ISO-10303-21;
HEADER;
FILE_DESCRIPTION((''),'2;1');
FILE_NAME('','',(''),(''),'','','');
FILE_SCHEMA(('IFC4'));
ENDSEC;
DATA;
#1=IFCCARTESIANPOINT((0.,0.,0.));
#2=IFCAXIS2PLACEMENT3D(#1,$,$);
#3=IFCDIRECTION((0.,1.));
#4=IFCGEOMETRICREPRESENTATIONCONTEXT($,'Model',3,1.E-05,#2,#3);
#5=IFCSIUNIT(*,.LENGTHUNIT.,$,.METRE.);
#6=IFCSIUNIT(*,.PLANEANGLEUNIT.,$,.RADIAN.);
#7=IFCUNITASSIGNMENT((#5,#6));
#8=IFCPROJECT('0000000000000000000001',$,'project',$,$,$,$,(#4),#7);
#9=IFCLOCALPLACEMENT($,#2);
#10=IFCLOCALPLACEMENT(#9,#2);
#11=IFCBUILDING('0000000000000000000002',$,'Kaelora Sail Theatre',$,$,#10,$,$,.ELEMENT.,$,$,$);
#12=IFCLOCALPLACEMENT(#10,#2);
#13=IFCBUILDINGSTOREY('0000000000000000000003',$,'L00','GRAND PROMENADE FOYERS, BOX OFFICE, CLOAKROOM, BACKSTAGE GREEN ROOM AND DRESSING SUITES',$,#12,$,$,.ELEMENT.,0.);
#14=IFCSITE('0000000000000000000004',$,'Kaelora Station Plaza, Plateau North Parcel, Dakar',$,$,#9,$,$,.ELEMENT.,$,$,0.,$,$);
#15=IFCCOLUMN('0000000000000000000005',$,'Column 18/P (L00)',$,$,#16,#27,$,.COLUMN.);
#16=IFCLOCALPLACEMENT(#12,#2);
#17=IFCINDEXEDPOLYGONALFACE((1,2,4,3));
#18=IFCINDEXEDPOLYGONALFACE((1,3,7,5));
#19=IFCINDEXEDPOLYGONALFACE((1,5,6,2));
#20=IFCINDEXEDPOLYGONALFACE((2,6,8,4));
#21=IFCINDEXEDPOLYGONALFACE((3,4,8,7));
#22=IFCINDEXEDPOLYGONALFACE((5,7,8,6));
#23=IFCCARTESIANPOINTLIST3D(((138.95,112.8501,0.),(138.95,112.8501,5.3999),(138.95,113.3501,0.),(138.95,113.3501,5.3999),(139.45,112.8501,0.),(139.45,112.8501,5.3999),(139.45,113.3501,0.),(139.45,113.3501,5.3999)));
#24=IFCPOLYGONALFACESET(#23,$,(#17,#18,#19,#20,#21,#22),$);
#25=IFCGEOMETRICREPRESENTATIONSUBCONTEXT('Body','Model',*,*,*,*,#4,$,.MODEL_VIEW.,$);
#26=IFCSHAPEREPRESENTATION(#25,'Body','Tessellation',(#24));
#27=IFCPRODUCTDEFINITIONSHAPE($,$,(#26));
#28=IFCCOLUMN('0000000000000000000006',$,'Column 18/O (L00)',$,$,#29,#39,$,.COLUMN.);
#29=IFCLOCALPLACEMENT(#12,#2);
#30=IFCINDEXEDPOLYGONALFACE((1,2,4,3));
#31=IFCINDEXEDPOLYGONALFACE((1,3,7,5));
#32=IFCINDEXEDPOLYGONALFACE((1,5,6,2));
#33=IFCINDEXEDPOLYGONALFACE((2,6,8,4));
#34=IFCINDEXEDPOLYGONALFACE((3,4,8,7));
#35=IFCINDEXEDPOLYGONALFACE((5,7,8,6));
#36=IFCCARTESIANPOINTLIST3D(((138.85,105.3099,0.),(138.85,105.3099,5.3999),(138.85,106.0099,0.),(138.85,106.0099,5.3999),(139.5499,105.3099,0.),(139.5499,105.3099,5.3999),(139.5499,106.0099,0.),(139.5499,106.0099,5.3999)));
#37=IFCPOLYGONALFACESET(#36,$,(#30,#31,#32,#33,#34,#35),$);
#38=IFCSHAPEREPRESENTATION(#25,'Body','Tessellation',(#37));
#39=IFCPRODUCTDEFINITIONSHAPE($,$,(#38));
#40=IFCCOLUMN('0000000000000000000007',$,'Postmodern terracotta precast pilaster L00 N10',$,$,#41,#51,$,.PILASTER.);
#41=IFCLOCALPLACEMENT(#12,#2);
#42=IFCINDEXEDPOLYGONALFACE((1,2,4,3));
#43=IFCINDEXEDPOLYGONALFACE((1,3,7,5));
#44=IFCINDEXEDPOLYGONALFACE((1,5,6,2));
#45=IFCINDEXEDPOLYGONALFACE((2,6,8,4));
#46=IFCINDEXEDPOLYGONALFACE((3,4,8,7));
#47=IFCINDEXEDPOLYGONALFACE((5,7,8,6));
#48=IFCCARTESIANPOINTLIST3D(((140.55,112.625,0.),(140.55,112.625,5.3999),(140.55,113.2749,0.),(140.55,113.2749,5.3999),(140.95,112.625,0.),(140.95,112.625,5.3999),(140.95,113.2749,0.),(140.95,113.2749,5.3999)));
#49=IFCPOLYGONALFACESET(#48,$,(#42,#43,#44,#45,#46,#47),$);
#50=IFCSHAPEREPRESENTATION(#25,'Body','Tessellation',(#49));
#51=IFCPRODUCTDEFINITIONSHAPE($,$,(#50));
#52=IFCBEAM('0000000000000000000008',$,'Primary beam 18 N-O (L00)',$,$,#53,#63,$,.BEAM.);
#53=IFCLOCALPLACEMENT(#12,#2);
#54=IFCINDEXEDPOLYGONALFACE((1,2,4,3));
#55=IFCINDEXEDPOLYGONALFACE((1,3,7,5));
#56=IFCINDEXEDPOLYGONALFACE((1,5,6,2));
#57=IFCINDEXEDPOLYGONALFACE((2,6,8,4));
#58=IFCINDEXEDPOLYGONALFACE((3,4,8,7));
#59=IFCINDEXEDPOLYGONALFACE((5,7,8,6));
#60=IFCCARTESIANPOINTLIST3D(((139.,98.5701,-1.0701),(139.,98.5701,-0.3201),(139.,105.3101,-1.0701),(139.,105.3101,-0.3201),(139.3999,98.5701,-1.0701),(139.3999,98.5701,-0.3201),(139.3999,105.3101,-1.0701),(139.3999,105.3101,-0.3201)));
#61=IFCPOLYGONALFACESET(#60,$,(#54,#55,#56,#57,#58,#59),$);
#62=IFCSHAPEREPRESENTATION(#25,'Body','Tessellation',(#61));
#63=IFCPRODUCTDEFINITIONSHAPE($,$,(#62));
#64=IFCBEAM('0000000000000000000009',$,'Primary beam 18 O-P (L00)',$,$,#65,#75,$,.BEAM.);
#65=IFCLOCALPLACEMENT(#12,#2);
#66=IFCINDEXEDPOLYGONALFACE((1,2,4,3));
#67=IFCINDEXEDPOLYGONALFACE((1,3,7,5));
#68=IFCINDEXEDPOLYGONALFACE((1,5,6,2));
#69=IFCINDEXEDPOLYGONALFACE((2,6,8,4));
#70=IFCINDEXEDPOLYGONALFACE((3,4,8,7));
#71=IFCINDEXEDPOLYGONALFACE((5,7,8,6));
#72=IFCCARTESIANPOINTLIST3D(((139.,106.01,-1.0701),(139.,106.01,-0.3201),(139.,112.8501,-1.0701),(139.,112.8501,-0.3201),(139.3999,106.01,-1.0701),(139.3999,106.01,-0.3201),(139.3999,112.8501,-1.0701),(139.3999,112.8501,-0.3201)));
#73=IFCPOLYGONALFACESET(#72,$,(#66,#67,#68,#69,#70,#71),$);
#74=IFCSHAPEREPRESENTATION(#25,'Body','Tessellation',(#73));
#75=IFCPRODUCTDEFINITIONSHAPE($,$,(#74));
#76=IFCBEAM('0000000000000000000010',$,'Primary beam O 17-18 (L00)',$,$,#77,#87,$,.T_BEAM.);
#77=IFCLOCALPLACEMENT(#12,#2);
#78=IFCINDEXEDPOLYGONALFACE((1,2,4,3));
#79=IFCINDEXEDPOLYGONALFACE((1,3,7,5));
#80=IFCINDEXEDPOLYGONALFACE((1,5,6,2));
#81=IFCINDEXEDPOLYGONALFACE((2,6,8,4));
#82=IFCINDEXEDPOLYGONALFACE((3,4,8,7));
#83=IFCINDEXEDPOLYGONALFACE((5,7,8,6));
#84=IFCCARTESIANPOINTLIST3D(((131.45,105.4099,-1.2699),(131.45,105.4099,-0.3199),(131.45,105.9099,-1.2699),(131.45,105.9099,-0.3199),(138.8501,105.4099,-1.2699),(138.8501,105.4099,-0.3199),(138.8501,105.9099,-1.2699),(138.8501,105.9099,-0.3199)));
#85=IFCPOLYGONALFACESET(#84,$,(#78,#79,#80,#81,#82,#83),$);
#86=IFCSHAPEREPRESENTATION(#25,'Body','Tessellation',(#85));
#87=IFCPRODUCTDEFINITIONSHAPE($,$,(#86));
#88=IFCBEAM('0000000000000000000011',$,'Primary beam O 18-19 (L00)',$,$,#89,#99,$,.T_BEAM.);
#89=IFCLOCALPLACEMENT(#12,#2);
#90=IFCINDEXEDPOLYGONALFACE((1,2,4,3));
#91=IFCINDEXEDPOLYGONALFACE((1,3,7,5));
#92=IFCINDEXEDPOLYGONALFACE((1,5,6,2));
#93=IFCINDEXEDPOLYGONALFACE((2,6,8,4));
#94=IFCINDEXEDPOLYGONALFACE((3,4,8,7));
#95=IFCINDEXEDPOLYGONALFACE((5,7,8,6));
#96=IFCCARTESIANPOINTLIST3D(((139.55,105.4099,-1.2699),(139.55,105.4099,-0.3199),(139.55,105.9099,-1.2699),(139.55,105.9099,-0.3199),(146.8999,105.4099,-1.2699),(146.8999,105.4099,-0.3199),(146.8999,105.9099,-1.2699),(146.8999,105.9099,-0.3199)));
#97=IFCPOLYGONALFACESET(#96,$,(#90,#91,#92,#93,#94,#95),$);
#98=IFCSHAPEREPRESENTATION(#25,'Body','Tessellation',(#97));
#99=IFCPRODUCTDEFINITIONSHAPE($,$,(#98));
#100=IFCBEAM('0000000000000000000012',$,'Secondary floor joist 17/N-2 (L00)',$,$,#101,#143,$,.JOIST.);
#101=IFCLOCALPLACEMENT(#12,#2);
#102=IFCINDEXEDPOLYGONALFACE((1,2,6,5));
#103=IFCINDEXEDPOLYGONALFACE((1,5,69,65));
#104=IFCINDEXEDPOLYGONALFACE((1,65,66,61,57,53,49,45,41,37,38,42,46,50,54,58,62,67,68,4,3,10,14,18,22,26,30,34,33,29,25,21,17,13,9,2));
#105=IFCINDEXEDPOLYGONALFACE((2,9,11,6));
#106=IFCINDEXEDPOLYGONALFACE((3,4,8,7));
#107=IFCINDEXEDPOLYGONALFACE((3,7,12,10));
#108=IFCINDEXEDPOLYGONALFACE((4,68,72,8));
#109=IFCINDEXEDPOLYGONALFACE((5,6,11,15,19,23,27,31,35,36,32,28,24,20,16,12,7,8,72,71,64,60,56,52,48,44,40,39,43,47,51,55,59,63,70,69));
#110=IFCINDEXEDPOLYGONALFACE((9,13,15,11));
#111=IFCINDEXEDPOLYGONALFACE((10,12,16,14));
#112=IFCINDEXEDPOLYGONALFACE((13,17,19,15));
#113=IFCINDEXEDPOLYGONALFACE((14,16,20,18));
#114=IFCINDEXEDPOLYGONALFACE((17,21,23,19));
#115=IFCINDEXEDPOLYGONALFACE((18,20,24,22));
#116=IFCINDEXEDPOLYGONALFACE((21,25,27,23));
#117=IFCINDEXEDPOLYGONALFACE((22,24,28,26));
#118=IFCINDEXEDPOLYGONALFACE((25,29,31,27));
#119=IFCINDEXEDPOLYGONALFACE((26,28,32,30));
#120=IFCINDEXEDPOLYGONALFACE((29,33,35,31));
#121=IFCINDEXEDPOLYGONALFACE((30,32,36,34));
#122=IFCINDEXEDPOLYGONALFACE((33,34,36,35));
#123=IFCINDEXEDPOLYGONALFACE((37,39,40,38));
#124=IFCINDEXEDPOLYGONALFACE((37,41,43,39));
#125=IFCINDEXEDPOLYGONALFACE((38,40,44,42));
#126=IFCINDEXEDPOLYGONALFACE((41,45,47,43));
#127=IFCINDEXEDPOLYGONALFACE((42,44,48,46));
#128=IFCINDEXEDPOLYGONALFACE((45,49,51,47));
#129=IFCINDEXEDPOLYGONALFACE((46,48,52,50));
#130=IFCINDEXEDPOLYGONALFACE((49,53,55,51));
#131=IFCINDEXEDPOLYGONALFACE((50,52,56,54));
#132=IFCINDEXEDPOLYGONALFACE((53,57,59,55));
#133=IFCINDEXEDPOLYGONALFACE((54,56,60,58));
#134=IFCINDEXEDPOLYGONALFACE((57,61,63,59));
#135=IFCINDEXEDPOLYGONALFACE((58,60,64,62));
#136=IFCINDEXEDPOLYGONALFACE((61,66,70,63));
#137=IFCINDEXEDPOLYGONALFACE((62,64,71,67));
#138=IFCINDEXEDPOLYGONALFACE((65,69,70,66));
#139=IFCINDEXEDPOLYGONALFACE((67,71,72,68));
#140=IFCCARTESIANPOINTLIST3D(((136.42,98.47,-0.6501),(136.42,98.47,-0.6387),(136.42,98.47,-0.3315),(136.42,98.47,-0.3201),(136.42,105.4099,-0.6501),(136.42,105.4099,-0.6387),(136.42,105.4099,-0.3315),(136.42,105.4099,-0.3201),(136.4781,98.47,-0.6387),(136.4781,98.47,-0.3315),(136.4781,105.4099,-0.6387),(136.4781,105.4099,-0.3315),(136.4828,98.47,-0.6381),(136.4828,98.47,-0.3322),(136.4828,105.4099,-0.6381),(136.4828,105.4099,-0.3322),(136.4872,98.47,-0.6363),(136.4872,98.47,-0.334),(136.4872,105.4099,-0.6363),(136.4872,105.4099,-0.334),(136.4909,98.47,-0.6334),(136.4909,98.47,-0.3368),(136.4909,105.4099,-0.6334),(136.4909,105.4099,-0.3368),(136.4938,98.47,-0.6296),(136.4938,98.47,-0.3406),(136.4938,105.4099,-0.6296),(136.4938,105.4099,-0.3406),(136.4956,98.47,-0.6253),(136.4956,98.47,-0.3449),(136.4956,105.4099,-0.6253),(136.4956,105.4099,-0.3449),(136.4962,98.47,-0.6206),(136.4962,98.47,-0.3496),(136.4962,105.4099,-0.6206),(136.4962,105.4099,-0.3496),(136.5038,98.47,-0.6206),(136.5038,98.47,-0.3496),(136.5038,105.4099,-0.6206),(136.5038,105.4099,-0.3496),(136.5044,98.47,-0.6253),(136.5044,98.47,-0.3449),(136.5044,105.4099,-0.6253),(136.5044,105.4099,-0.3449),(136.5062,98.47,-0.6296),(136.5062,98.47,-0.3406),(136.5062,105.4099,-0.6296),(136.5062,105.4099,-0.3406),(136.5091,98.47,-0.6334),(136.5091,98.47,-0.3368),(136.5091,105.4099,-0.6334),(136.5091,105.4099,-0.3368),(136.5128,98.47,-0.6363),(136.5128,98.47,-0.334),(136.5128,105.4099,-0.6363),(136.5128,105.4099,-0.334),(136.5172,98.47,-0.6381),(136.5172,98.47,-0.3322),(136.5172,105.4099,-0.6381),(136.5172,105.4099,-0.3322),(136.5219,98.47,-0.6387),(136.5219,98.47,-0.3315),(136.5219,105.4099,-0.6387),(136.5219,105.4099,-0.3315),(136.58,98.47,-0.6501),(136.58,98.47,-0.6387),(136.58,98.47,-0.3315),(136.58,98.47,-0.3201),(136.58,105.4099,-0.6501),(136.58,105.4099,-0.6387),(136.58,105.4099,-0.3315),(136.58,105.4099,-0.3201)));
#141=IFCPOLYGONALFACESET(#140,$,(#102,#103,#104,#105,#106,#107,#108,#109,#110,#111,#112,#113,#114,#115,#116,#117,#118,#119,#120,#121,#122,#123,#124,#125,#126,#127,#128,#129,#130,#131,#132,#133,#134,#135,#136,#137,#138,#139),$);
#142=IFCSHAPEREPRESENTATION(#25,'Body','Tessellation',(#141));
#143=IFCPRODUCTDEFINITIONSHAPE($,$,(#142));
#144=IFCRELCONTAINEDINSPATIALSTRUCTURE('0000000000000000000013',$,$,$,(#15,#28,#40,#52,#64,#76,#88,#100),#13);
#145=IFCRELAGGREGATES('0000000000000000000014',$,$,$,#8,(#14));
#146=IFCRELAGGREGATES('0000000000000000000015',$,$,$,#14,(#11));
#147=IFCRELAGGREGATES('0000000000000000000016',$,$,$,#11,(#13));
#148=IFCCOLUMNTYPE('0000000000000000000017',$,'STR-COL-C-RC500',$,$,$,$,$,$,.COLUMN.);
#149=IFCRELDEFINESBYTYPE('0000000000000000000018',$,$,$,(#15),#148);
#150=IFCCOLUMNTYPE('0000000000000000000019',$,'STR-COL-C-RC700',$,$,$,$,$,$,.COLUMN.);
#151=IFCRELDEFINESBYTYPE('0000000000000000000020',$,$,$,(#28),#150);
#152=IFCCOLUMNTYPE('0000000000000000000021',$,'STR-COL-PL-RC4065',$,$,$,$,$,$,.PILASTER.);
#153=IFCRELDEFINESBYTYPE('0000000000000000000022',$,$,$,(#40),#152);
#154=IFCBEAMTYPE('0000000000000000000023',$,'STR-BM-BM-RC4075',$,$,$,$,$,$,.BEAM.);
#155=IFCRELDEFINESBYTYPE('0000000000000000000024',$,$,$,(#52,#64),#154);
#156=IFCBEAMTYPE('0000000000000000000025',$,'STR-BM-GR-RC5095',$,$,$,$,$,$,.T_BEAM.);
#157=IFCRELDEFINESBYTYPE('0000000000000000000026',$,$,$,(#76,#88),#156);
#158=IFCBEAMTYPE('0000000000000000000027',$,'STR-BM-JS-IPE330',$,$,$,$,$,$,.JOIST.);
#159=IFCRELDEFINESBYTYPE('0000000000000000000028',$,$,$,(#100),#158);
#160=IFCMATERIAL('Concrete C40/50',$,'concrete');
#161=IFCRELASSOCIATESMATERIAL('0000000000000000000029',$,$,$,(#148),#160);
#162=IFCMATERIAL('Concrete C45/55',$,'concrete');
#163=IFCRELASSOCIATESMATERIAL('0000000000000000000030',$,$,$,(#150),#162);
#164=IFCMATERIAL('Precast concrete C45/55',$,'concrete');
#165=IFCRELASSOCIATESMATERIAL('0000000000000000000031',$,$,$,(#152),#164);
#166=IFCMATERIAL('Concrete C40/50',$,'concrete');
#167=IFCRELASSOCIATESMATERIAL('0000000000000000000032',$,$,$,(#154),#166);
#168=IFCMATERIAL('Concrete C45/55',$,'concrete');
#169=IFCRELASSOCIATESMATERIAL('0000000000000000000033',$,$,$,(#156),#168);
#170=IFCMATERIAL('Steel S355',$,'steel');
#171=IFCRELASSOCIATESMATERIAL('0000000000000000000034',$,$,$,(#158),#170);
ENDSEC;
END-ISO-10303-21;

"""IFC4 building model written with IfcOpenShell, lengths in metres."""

from ifc_helpers import new_model, si_unit, direction, frame, origin, origin_2d, place, context, subcontext, project, spatial, rectangle, i_section, extrude, material, material_profile, profile_set, type_object, element, save


model = new_model("IFC4")

# Units and contexts
model_context = context("Model", 3, precision=1e-05, world=origin(), true_north=direction((0.0, 1.0)))
body_context = subcontext(model_context, "Body", "Model", "MODEL_VIEW")
ifc_project = project(units=[si_unit("LENGTHUNIT", "METRE"), si_unit("PLANEANGLEUNIT", "RADIAN")], contexts=[model_context])

# Site, building, storey
site_placement = place(None, origin())
site = spatial("IfcSite", under=ifc_project, at=site_placement, Name="Kaelora Station Plaza, Plateau North Parcel, Dakar", CompositionType="ELEMENT", RefElevation=0.0)
building_placement = place(site_placement, origin())
building = spatial("IfcBuilding", under=site, at=building_placement, Name="Kaelora Sail Theatre", CompositionType="ELEMENT")
storey_placement = place(building_placement, origin())
storey = spatial("IfcBuildingStorey", under=building, at=storey_placement, Name="L00", Description="GRAND PROMENADE FOYERS, BOX OFFICE, CLOAKROOM, BACKSTAGE GREEN ROOM AND DRESSING SUITES", CompositionType="ELEMENT", Elevation=0.0)

# Columns
ifc_material_1 = material(Name="Concrete C40/50", Category="concrete")
ifc_material_profile_1 = material_profile(ifc_material_1, rectangle(XDim=0.5, YDim=0.5, at=origin_2d()), Name="RC-COL 500x500")
ifc_profile_set_1 = profile_set([ifc_material_profile_1], Name="Concrete C40/50")
column_type_1 = type_object("IfcColumnType", Name="STR-COL-C-RC500", PredefinedType="COLUMN", material=ifc_profile_set_1)
column_1_placement = place(storey_placement, frame((139.2, 113.1001, 0.0), z_axis=(0.0, 0.0, 1.0), x_axis=(1.0, 0.0, 0.0)))
element("IfcColumn", 1, at=column_1_placement, inside=storey, type_object=column_type_1, Name="Column 18/P (L00)", PredefinedType="COLUMN", context=body_context, shape_type="SweptSolid", body=[
    extrude(rectangle(XDim=0.5, YDim=0.5, at=origin_2d()), origin(), (0.0, 0.0, 1.0), 5.3999),
])
ifc_material_2 = material(Name="Concrete C45/55", Category="concrete")
ifc_material_profile_2 = material_profile(ifc_material_2, rectangle(XDim=0.7, YDim=0.7, at=origin_2d()), Name="RC-COL 700x700")
ifc_profile_set_2 = profile_set([ifc_material_profile_2], Name="Concrete C45/55")
column_type_2 = type_object("IfcColumnType", Name="STR-COL-C-RC700", PredefinedType="COLUMN", material=ifc_profile_set_2)
column_2_placement = place(storey_placement, frame((139.2, 105.6599, 0.0), z_axis=(0.0, 0.0, 1.0), x_axis=(1.0, 0.0, 0.0)))
element("IfcColumn", 2, at=column_2_placement, inside=storey, type_object=column_type_2, Name="Column 18/O (L00)", PredefinedType="COLUMN", context=body_context, shape_type="SweptSolid", body=[
    extrude(rectangle(XDim=0.7, YDim=0.7, at=origin_2d()), origin(), (0.0, 0.0, 1.0), 5.3999),
])
ifc_material_3 = material(Name="Precast concrete C45/55", Category="concrete")
ifc_material_profile_3 = material_profile(ifc_material_3, rectangle(XDim=0.3999, YDim=0.6499, at=origin_2d()), Name="RC-PIL 400x650")
ifc_profile_set_3 = profile_set([ifc_material_profile_3], Name="Precast concrete C45/55")
column_type_3 = type_object("IfcColumnType", Name="STR-COL-PL-RC4065", PredefinedType="PILASTER", material=ifc_profile_set_3)
column_3_placement = place(storey_placement, frame((140.75, 112.95, 0.0), z_axis=(0.0, 0.0, 1.0), x_axis=(1.0, 0.0, 0.0)))
element("IfcColumn", 3, at=column_3_placement, inside=storey, type_object=column_type_3, Name="Postmodern terracotta precast pilaster L00 N10", PredefinedType="PILASTER", context=body_context, shape_type="SweptSolid", body=[
    extrude(rectangle(XDim=0.3999, YDim=0.6499, at=origin_2d()), origin(), (0.0, 0.0, 1.0), 5.3999),
])

# Beams
ifc_material_4 = material(Name="Concrete C40/50", Category="concrete")
ifc_material_profile_4 = material_profile(ifc_material_4, rectangle(XDim=0.3999, YDim=0.75, at=origin_2d()), Name="RC-BM 400x750")
ifc_profile_set_4 = profile_set([ifc_material_profile_4], Name="Concrete C40/50")
beam_type_1 = type_object("IfcBeamType", Name="STR-BM-BM-RC4075", PredefinedType="BEAM", material=ifc_profile_set_4)
beam_1_placement = place(storey_placement, frame((139.2, 98.5701, -0.6951), z_axis=(0.0, 1.0, 0.0), x_axis=(-1.0, 0.0, 0.0)))
element("IfcBeam", 4, at=beam_1_placement, inside=storey, type_object=beam_type_1, Name="Primary beam 18 N-O (L00)", PredefinedType="BEAM", context=body_context, shape_type="SweptSolid", body=[
    extrude(rectangle(XDim=0.3999, YDim=0.75, at=origin_2d()), origin(), (0.0, 0.0, 1.0), 6.74),
])
beam_2_placement = place(storey_placement, frame((139.2, 106.01, -0.6951), z_axis=(0.0, 1.0, 0.0), x_axis=(-1.0, 0.0, 0.0)))
element("IfcBeam", 5, at=beam_2_placement, inside=storey, type_object=beam_type_1, Name="Primary beam 18 O-P (L00)", PredefinedType="BEAM", context=body_context, shape_type="SweptSolid", body=[
    extrude(rectangle(XDim=0.3999, YDim=0.75, at=origin_2d()), origin(), (0.0, 0.0, 1.0), 6.8401),
])
ifc_material_5 = material(Name="Concrete C45/55", Category="concrete")
ifc_material_profile_5 = material_profile(ifc_material_5, rectangle(XDim=0.5, YDim=0.95, at=origin_2d()), Name="RC-GRD 500x950")
ifc_profile_set_5 = profile_set([ifc_material_profile_5], Name="Concrete C45/55")
beam_type_2 = type_object("IfcBeamType", Name="STR-BM-GR-RC5095", PredefinedType="T_BEAM", material=ifc_profile_set_5)
beam_3_placement = place(storey_placement, frame((131.45, 105.6599, -0.7949), z_axis=(1.0, 0.0, 0.0), x_axis=(0.0, 1.0, 0.0)))
element("IfcBeam", 6, at=beam_3_placement, inside=storey, type_object=beam_type_2, Name="Primary beam O 17-18 (L00)", PredefinedType="T_BEAM", context=body_context, shape_type="SweptSolid", body=[
    extrude(rectangle(XDim=0.5, YDim=0.95, at=origin_2d()), origin(), (0.0, 0.0, 1.0), 7.4001),
])
beam_4_placement = place(storey_placement, frame((139.55, 105.6599, -0.7949), z_axis=(1.0, 0.0, 0.0), x_axis=(0.0, 1.0, 0.0)))
element("IfcBeam", 7, at=beam_4_placement, inside=storey, type_object=beam_type_2, Name="Primary beam O 18-19 (L00)", PredefinedType="T_BEAM", context=body_context, shape_type="SweptSolid", body=[
    extrude(rectangle(XDim=0.5, YDim=0.95, at=origin_2d()), origin(), (0.0, 0.0, 1.0), 7.3499),
])
ifc_material_6 = material(Name="Steel S355", Category="steel")
ifc_material_profile_6 = material_profile(ifc_material_6, i_section(OverallWidth=0.1599, OverallDepth=0.3301, WebThickness=0.0076, FlangeThickness=0.0115, FilletRadius=0.0181, at=origin_2d()), Name="IPE 330")
ifc_profile_set_6 = profile_set([ifc_material_profile_6], Name="Steel S355")
beam_type_3 = type_object("IfcBeamType", Name="STR-BM-JS-IPE330", PredefinedType="JOIST", material=ifc_profile_set_6)
beam_5_placement = place(storey_placement, frame((136.5, 98.47, -0.4851), z_axis=(0.0, 1.0, 0.0), x_axis=(-1.0, 0.0, 0.0)))
element("IfcBeam", 8, at=beam_5_placement, inside=storey, type_object=beam_type_3, Name="Secondary floor joist 17/N-2 (L00)", PredefinedType="JOIST", context=body_context, shape_type="SweptSolid", body=[
    extrude(i_section(OverallWidth=0.1599, OverallDepth=0.3301, WebThickness=0.0076, FlangeThickness=0.0115, FilletRadius=0.0181, at=origin_2d()), origin(), (0.0, 0.0, 1.0), 6.9399),
])

save(model, "model.ifc")
